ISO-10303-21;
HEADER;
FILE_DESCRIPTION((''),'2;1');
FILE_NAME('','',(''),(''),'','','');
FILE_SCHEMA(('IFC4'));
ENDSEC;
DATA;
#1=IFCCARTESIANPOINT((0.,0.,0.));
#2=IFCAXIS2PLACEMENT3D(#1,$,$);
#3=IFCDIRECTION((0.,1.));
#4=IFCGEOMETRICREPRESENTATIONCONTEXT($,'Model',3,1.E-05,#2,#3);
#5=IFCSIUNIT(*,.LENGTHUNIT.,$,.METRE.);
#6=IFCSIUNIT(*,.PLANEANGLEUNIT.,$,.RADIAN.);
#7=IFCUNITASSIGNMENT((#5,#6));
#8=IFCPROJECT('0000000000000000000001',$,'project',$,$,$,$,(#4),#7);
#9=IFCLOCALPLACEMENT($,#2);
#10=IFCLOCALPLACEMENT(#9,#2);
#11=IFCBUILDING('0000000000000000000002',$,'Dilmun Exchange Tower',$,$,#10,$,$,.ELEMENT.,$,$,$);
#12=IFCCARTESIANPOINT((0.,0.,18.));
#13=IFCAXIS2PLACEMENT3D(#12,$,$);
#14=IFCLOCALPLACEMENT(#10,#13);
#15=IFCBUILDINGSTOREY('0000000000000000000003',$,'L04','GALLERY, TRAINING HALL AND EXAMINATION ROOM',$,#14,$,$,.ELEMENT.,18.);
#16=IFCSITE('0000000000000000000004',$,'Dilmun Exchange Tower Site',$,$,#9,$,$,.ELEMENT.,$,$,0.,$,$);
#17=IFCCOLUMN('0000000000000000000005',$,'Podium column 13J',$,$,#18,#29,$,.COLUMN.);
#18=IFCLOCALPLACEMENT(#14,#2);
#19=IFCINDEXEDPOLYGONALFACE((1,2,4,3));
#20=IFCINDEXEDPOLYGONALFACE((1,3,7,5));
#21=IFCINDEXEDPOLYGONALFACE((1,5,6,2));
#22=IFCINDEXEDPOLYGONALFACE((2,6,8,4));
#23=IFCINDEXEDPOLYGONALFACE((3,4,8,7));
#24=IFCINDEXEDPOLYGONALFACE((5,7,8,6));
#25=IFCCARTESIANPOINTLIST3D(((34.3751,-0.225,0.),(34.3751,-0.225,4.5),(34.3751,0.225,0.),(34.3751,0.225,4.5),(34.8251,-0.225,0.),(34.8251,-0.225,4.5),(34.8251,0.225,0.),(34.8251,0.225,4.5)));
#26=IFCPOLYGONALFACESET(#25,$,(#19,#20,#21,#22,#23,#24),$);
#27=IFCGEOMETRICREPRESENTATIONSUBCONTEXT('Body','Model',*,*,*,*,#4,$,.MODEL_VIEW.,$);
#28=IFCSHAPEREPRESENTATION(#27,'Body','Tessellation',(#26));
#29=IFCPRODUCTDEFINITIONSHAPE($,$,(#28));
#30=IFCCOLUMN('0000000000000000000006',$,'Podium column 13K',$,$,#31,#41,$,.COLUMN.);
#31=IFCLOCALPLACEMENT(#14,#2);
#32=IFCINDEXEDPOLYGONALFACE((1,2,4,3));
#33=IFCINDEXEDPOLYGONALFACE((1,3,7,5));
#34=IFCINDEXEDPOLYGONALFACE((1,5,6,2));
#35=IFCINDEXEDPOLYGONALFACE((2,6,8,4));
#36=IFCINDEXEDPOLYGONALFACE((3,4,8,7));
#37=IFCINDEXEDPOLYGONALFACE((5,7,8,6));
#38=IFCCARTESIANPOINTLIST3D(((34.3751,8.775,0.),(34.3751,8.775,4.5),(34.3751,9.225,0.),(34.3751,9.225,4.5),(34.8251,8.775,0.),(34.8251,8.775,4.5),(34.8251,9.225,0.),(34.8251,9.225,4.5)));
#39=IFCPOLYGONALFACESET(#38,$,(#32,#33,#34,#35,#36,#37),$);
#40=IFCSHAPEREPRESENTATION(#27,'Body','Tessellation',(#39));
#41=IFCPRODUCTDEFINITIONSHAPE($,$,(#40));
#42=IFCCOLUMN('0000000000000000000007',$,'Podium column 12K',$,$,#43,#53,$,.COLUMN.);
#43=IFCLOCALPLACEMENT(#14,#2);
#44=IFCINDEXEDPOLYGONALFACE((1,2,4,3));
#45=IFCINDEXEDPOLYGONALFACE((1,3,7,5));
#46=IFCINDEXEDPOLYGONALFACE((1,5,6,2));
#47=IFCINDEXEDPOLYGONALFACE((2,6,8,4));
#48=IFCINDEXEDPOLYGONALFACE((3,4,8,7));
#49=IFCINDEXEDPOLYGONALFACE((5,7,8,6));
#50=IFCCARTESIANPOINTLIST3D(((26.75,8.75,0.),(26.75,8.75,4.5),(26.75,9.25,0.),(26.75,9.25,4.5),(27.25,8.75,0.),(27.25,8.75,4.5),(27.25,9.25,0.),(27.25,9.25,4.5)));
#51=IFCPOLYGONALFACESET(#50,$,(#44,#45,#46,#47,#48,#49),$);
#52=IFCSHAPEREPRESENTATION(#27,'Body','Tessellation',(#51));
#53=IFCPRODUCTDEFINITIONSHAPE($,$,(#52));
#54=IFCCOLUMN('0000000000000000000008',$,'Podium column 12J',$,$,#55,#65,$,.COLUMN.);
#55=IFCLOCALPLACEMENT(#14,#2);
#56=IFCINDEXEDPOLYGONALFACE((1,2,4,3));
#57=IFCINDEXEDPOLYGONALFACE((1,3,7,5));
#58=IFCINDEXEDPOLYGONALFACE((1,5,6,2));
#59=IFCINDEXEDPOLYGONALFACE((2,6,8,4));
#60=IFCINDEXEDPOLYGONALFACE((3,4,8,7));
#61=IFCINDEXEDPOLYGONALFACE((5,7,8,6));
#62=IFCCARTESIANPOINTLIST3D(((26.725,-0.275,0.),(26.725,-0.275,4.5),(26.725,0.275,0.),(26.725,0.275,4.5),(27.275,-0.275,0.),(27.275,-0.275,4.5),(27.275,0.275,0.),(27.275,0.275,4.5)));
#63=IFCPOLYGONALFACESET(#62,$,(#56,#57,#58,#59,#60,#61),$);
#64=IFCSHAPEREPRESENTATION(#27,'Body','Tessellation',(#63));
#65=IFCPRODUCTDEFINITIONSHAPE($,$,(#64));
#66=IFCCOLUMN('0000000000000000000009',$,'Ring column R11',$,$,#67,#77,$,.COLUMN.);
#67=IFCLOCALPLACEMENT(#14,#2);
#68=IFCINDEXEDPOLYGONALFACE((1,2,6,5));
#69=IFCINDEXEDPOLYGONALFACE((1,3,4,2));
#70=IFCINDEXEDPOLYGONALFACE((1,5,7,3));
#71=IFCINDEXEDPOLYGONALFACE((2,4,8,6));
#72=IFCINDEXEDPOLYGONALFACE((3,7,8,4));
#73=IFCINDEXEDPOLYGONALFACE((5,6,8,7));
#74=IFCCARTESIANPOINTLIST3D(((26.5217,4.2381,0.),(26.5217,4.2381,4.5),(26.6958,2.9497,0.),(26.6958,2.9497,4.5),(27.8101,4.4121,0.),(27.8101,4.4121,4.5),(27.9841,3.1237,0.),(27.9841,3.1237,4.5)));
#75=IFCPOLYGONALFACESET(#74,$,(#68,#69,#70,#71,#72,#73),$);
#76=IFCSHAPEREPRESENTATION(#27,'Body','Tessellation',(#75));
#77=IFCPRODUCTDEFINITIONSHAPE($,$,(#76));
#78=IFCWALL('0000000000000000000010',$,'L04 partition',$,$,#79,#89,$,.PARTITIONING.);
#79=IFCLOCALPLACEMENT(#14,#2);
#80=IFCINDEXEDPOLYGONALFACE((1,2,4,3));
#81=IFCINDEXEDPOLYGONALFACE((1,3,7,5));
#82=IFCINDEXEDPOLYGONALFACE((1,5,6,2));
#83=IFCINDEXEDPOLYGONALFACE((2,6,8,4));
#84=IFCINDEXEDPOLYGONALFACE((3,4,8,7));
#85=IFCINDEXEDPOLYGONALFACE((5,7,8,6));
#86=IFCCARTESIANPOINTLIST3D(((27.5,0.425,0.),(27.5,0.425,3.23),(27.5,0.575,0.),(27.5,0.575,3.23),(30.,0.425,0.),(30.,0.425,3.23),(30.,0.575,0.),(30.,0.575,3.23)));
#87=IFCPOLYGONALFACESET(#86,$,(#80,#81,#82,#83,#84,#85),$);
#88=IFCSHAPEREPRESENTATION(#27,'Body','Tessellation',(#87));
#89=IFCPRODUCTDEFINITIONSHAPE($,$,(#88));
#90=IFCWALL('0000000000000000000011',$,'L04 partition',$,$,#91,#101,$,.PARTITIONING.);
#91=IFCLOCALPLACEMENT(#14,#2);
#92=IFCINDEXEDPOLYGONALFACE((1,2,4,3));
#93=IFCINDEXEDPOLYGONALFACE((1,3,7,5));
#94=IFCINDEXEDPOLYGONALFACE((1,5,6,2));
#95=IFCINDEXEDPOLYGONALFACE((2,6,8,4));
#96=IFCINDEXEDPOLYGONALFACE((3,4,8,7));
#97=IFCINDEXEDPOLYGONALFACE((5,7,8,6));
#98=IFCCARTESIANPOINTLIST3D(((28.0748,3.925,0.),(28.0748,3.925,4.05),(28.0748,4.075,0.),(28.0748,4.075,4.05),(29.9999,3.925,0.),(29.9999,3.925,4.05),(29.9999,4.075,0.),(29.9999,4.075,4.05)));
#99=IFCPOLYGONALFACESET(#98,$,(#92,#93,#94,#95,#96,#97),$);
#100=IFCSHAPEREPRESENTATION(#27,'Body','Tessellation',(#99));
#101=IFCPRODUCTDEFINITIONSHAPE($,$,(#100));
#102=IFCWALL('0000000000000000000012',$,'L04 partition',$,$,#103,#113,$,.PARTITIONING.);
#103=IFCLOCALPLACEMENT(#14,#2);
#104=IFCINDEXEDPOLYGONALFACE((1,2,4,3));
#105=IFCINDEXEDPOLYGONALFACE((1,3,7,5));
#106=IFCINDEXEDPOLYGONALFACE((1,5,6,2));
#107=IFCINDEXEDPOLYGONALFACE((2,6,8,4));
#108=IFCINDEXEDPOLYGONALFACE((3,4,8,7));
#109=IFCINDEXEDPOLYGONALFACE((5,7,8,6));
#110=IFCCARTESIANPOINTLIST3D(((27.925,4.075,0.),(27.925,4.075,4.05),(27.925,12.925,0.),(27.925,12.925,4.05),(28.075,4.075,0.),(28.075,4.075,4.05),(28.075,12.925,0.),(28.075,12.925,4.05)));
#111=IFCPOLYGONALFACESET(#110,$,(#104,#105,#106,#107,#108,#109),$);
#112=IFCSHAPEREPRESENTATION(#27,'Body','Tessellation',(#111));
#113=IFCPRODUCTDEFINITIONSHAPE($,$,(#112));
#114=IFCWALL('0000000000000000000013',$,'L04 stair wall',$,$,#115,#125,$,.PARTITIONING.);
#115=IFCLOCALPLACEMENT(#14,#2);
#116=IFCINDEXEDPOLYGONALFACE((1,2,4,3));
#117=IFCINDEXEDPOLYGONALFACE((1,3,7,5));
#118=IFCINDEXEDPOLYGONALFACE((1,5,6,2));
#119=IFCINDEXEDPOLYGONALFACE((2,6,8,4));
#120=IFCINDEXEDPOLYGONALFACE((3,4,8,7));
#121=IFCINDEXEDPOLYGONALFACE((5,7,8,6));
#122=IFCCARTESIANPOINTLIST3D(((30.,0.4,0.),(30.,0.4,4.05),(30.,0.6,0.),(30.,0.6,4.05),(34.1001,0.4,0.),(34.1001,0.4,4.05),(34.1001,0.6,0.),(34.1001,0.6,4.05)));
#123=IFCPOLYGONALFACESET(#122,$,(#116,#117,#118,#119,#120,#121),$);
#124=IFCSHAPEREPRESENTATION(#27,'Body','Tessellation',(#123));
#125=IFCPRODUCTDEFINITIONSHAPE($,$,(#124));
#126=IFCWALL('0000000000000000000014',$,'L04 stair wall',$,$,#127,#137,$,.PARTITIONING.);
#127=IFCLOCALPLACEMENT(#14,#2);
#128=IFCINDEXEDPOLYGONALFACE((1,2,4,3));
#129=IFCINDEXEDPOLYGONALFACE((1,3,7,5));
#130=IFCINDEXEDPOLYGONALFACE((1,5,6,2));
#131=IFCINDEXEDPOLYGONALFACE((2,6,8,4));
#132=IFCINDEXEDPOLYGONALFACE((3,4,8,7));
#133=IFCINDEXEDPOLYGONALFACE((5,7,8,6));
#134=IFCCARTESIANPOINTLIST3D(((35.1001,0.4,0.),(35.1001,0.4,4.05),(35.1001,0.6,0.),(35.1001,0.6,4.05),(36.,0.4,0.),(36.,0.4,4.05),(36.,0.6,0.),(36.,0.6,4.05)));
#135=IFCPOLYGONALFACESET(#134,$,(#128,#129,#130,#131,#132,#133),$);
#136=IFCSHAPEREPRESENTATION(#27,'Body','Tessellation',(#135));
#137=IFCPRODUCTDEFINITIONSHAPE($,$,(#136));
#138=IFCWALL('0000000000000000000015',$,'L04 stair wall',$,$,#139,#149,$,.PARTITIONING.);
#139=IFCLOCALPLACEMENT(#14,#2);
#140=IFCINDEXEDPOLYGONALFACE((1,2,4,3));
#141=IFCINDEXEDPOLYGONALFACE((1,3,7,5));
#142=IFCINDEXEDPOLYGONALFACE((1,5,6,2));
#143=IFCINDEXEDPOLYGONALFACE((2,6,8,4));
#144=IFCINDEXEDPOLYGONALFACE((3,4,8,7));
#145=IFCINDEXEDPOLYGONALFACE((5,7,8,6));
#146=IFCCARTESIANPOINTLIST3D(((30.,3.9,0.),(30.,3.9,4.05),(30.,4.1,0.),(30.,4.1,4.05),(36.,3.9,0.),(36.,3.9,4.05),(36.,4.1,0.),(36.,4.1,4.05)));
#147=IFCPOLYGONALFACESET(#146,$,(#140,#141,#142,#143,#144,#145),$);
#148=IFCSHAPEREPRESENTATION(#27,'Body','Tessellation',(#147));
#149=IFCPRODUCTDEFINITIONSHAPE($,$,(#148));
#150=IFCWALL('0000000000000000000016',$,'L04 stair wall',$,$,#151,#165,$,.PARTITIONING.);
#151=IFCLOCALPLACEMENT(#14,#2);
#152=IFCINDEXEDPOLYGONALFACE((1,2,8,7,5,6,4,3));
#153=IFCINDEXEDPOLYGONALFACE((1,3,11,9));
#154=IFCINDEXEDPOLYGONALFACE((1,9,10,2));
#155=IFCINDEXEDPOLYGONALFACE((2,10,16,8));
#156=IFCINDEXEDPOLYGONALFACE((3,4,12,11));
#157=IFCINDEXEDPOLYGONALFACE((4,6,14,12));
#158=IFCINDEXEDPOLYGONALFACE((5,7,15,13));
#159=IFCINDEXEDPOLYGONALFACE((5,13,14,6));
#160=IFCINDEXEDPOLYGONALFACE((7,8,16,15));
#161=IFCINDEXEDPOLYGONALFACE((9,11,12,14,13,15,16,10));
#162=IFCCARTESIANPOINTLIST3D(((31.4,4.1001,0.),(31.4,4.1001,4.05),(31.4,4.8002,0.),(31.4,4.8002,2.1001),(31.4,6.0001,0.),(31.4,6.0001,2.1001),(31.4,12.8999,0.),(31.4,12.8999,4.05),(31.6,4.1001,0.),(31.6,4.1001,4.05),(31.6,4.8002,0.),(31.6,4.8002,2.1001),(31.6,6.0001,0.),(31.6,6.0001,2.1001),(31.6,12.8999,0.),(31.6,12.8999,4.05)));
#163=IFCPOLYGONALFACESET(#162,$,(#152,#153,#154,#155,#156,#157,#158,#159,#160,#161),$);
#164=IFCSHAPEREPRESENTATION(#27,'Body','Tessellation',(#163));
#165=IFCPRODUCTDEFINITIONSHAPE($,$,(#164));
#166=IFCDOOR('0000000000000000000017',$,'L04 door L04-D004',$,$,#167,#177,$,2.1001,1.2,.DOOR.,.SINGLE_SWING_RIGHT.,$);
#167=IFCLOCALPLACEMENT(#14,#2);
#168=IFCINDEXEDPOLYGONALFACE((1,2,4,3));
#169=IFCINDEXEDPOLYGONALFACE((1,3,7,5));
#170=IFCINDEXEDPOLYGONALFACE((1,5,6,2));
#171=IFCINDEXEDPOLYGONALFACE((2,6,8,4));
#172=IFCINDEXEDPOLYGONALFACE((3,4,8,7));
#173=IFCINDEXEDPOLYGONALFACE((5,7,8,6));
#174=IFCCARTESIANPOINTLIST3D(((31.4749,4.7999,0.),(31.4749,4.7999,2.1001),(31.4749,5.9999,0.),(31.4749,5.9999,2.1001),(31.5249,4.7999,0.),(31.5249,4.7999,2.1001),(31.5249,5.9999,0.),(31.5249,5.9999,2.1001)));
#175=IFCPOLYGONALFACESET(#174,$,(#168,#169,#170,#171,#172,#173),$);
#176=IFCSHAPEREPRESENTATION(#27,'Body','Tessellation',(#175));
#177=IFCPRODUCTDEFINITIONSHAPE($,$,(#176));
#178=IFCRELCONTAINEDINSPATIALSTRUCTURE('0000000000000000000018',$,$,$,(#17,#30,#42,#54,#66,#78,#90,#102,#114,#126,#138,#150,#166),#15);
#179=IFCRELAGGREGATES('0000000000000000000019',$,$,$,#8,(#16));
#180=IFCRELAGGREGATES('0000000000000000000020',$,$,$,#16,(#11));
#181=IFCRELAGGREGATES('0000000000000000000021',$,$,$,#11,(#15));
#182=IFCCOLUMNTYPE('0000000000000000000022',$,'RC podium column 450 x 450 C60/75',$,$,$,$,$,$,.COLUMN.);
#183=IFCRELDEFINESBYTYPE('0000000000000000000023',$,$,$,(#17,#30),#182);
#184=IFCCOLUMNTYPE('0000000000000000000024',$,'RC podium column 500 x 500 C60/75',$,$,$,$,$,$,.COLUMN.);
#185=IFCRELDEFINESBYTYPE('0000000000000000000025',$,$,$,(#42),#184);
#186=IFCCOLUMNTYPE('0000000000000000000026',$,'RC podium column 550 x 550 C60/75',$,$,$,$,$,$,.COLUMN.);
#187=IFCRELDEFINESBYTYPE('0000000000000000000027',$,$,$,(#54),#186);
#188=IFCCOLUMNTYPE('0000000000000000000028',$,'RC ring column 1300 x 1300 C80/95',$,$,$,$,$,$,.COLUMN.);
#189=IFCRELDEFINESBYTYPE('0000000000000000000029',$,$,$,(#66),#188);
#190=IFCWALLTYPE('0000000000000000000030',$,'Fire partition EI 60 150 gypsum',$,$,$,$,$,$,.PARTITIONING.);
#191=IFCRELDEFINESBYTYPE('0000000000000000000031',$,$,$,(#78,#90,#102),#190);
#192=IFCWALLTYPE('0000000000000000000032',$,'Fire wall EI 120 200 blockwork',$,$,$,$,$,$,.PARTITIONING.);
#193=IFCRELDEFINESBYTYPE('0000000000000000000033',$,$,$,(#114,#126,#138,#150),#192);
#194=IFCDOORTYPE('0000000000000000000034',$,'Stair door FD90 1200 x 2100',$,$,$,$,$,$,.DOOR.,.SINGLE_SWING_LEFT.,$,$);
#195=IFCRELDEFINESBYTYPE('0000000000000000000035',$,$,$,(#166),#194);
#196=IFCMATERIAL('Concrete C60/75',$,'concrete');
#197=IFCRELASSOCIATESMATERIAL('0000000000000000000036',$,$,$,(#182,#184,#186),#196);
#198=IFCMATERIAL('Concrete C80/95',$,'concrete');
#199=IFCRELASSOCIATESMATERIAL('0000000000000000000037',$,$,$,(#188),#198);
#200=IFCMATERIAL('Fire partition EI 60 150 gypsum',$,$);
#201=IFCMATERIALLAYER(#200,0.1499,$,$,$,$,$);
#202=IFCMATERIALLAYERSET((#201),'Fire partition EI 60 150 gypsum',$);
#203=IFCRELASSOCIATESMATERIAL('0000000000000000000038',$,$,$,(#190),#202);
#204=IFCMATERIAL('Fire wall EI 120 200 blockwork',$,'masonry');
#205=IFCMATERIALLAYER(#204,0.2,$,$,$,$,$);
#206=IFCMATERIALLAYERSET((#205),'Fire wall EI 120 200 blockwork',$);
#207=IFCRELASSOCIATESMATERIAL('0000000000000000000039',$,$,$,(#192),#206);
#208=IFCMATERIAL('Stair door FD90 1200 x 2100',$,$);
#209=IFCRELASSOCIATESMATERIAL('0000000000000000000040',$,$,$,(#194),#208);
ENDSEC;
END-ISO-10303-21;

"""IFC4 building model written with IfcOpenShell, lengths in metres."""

from ifc_helpers import new_model, si_unit, direction, frame, frame_2d, origin, origin_2d, place, context, subcontext, project, spatial, rectangle, extrude, material, layer, layer_set, material_profile, profile_set, type_object, element, fill, save


model = new_model("IFC4")

# Units and contexts
model_context = context("Model", 3, precision=1e-05, world=origin(), true_north=direction((0.0, 1.0)))
body_context = subcontext(model_context, "Body", "Model", "MODEL_VIEW")
ifc_project = project(units=[si_unit("LENGTHUNIT", "METRE"), si_unit("PLANEANGLEUNIT", "RADIAN")], contexts=[model_context])

# Site, building, storey
site_placement = place(None, origin())
site = spatial("IfcSite", under=ifc_project, at=site_placement, Name="Dilmun Exchange Tower Site", CompositionType="ELEMENT", RefElevation=0.0)
building_placement = place(site_placement, origin())
building = spatial("IfcBuilding", under=site, at=building_placement, Name="Dilmun Exchange Tower", CompositionType="ELEMENT")
storey_placement = place(building_placement, frame((0.0, 0.0, 18.0)))
storey = spatial("IfcBuildingStorey", under=building, at=storey_placement, Name="L04", Description="GALLERY, TRAINING HALL AND EXAMINATION ROOM", CompositionType="ELEMENT", Elevation=18.0)

# Columns
ifc_material_1 = material(Name="Concrete C60/75", Category="concrete")
ifc_material_profile_1 = material_profile(ifc_material_1, rectangle(XDim=0.45, YDim=0.45, at=origin_2d()), Name="450 x 450")
ifc_profile_set_1 = profile_set([ifc_material_profile_1], Name="Concrete C60/75")
column_type_1 = type_object("IfcColumnType", Name="RC podium column 450 x 450 C60/75", PredefinedType="COLUMN", material=ifc_profile_set_1)
for number, where, z_axis, x_axis, name in (
    (1, (34.6001, 0.0, 0.0), (0.0, 0.0, 1.0), (1.0, 0.0, 0.0), "Podium column 13J"),
    (2, (34.6001, 9.0, 0.0), (0.0, 0.0, 1.0), (1.0, 0.0, 0.0), "Podium column 13K"),
):
    element("IfcColumn", number, at=place(storey_placement, frame(where, z_axis=z_axis, x_axis=x_axis)), inside=storey, type_object=column_type_1, Name=name, PredefinedType="COLUMN", context=body_context, shape_type="SweptSolid", body=[
        extrude(rectangle(XDim=0.45, YDim=0.45, at=origin_2d()), origin(), (0.0, 0.0, 1.0), 4.5),
    ])
ifc_material_profile_2 = material_profile(ifc_material_1, rectangle(XDim=0.5, YDim=0.5, at=origin_2d()), Name="500 x 500")
ifc_profile_set_2 = profile_set([ifc_material_profile_2], Name="Concrete C60/75")
column_type_2 = type_object("IfcColumnType", Name="RC podium column 500 x 500 C60/75", PredefinedType="COLUMN", material=ifc_profile_set_2)
column_1_placement = place(storey_placement, frame((27.0, 9.0, 0.0), z_axis=(0.0, 0.0, 1.0), x_axis=(1.0, 0.0, 0.0)))
element("IfcColumn", 3, at=column_1_placement, inside=storey, type_object=column_type_2, Name="Podium column 12K", PredefinedType="COLUMN", context=body_context, shape_type="SweptSolid", body=[
    extrude(rectangle(XDim=0.5, YDim=0.5, at=origin_2d()), origin(), (0.0, 0.0, 1.0), 4.5),
])
ifc_material_profile_3 = material_profile(ifc_material_1, rectangle(XDim=0.55, YDim=0.55, at=origin_2d()), Name="550 x 550")
ifc_profile_set_3 = profile_set([ifc_material_profile_3], Name="Concrete C60/75")
column_type_3 = type_object("IfcColumnType", Name="RC podium column 550 x 550 C60/75", PredefinedType="COLUMN", material=ifc_profile_set_3)
column_2_placement = place(storey_placement, frame((27.0, 0.0, 0.0), z_axis=(0.0, 0.0, 1.0), x_axis=(1.0, 0.0, 0.0)))
element("IfcColumn", 4, at=column_2_placement, inside=storey, type_object=column_type_3, Name="Podium column 12J", PredefinedType="COLUMN", context=body_context, shape_type="SweptSolid", body=[
    extrude(rectangle(XDim=0.55, YDim=0.55, at=origin_2d()), origin(), (0.0, 0.0, 1.0), 4.5),
])
ifc_material_2 = material(Name="Concrete C80/95", Category="concrete")
ifc_material_profile_4 = material_profile(ifc_material_2, rectangle(XDim=1.3, YDim=1.3, at=origin_2d()), Name="1300 x 1300")
ifc_profile_set_4 = profile_set([ifc_material_profile_4], Name="Concrete C80/95")
column_type_4 = type_object("IfcColumnType", Name="RC ring column 1300 x 1300 C80/95", PredefinedType="COLUMN", material=ifc_profile_set_4)
column_3_placement = place(storey_placement, frame((27.2529, 3.6809, 0.0), z_axis=(0.0, 0.0, 1.0), x_axis=(0.991001, 0.133853, 0.0)))
element("IfcColumn", 5, at=column_3_placement, inside=storey, type_object=column_type_4, Name="Ring column R11", PredefinedType="COLUMN", context=body_context, shape_type="SweptSolid", body=[
    extrude(rectangle(XDim=1.3, YDim=1.3, at=origin_2d()), origin(), (0.0, 0.0, 1.0), 4.5),
])

# Walls
ifc_material_3 = material(Name="Fire partition EI 60 150 gypsum")
ifc_layer_1 = layer(ifc_material_3, 0.1499)
ifc_layer_set_1 = layer_set([ifc_layer_1], Name="Fire partition EI 60 150 gypsum")
wall_type_1 = type_object("IfcWallType", Name="Fire partition EI 60 150 gypsum", PredefinedType="PARTITIONING", material=ifc_layer_set_1)
wall_1_placement = place(storey_placement, frame((27.5, 0.5, 0.0), z_axis=(0.0, 0.0, 1.0), x_axis=(1.0, 0.0, 0.0)))
element("IfcWall", 6, at=wall_1_placement, inside=storey, type_object=wall_type_1, Name="L04 partition", PredefinedType="PARTITIONING", context=body_context, shape_type="SweptSolid", body=[
    extrude(rectangle(XDim=2.5, YDim=0.1499, at=frame_2d((1.25, 0.0))), origin(), (0.0, 0.0, 1.0), 3.23),
])
wall_2_placement = place(storey_placement, frame((28.075, 4.0, 0.0), z_axis=(0.0, 0.0, 1.0), x_axis=(1.0, 0.0, 0.0)))
element("IfcWall", 7, at=wall_2_placement, inside=storey, type_object=wall_type_1, Name="L04 partition", PredefinedType="PARTITIONING", context=body_context, shape_type="SweptSolid", body=[
    extrude(rectangle(XDim=1.925, YDim=0.1499, at=frame_2d((0.9624, 0.0))), origin(), (0.0, 0.0, 1.0), 4.05),
])
wall_3_placement = place(storey_placement, frame((28.0, 4.075, 0.0), z_axis=(0.0, 0.0, 1.0), x_axis=(0.0, 1.0, 0.0)))
element("IfcWall", 8, at=wall_3_placement, inside=storey, type_object=wall_type_1, Name="L04 partition", PredefinedType="PARTITIONING", context=body_context, shape_type="SweptSolid", body=[
    extrude(rectangle(XDim=8.8501, YDim=0.1499, at=frame_2d((4.425, 0.0))), origin(), (0.0, 0.0, 1.0), 4.05),
])
ifc_material_4 = material(Name="Fire wall EI 120 200 blockwork", Category="masonry")
ifc_layer_2 = layer(ifc_material_4, 0.2)
ifc_layer_set_2 = layer_set([ifc_layer_2], Name="Fire wall EI 120 200 blockwork")
wall_type_2 = type_object("IfcWallType", Name="Fire wall EI 120 200 blockwork", PredefinedType="PARTITIONING", material=ifc_layer_set_2)
wall_4_placement = place(storey_placement, frame((30.0, 0.5, 0.0), z_axis=(0.0, 0.0, 1.0), x_axis=(1.0, 0.0, 0.0)))
element("IfcWall", 9, at=wall_4_placement, inside=storey, type_object=wall_type_2, Name="L04 stair wall", PredefinedType="PARTITIONING", context=body_context, shape_type="SweptSolid", body=[
    extrude(rectangle(XDim=4.1001, YDim=0.2, at=frame_2d((2.05, 0.0))), origin(), (0.0, 0.0, 1.0), 4.05),
])
wall_5_placement = place(storey_placement, frame((35.1001, 0.5, 0.0), z_axis=(0.0, 0.0, 1.0), x_axis=(1.0, 0.0, 0.0)))
element("IfcWall", 10, at=wall_5_placement, inside=storey, type_object=wall_type_2, Name="L04 stair wall", PredefinedType="PARTITIONING", context=body_context, shape_type="SweptSolid", body=[
    extrude(rectangle(XDim=0.8999, YDim=0.2, at=frame_2d((0.45, 0.0))), origin(), (0.0, 0.0, 1.0), 4.05),
])
wall_6_placement = place(storey_placement, frame((30.0, 4.0, 0.0), z_axis=(0.0, 0.0, 1.0), x_axis=(1.0, 0.0, 0.0)))
element("IfcWall", 11, at=wall_6_placement, inside=storey, type_object=wall_type_2, Name="L04 stair wall", PredefinedType="PARTITIONING", context=body_context, shape_type="SweptSolid", body=[
    extrude(rectangle(XDim=6.0, YDim=0.2, at=frame_2d((3.0, 0.0))), origin(), (0.0, 0.0, 1.0), 4.05),
])

# Wall, opening, door
wall_7_placement = place(storey_placement, frame((31.5, 4.1001, 0.0), z_axis=(0.0, 0.0, 1.0), x_axis=(0.0, 1.0, 0.0)))
wall_7 = element("IfcWall", 12, at=wall_7_placement, inside=storey, type_object=wall_type_2, Name="L04 stair wall", PredefinedType="PARTITIONING", context=body_context, shape_type="SweptSolid", body=[
    extrude(rectangle(XDim=8.7998, YDim=0.2, at=frame_2d((4.3999, 0.0))), origin(), (0.0, 0.0, 1.0), 4.05),
])
opening_1_placement = place(wall_7_placement, frame((0.7, 0.0, 0.0)))
opening_1 = element("IfcOpeningElement", 13, at=opening_1_placement, cuts=wall_7, PredefinedType="OPENING", context=body_context, shape_type="SweptSolid", body=[
    extrude(rectangle(XDim=1.2, YDim=2.1001, at=frame_2d((0.6001, 1.05))), frame((0.0, 0.1099, 0.0), z_axis=(0.0, -1.0, 0.0), x_axis=(1.0, 0.0, 0.0)), (0.0, 0.0, 1.0), 0.22),
])
ifc_material_5 = material(Name="Stair door FD90 1200 x 2100")
door_type_1 = type_object("IfcDoorType", Name="Stair door FD90 1200 x 2100", OperationType="SINGLE_SWING_LEFT", PredefinedType="DOOR", material=ifc_material_5)
door_1_placement = place(opening_1_placement, frame((1.2, 0.0, 0.0), z_axis=(0.0, 0.0, 1.0), x_axis=(-1.0, 0.0, 0.0)))
door_1 = element("IfcDoor", 14, at=door_1_placement, inside=storey, type_object=door_type_1, Name="L04 door L04-D004", OperationType="SINGLE_SWING_RIGHT", OverallHeight=2.1001, OverallWidth=1.2, PredefinedType="DOOR", context=body_context, shape_type="SweptSolid", body=[
    extrude(rectangle(XDim=1.2, YDim=2.1001, at=frame_2d((0.6001, 1.05))), frame((0.0, 0.0249, 0.0), z_axis=(0.0, -1.0, 0.0), x_axis=(1.0, 0.0, 0.0)), (0.0, 0.0, 1.0), 0.05),
])
fill(opening_1, door_1)

save(model, "model.ifc")
